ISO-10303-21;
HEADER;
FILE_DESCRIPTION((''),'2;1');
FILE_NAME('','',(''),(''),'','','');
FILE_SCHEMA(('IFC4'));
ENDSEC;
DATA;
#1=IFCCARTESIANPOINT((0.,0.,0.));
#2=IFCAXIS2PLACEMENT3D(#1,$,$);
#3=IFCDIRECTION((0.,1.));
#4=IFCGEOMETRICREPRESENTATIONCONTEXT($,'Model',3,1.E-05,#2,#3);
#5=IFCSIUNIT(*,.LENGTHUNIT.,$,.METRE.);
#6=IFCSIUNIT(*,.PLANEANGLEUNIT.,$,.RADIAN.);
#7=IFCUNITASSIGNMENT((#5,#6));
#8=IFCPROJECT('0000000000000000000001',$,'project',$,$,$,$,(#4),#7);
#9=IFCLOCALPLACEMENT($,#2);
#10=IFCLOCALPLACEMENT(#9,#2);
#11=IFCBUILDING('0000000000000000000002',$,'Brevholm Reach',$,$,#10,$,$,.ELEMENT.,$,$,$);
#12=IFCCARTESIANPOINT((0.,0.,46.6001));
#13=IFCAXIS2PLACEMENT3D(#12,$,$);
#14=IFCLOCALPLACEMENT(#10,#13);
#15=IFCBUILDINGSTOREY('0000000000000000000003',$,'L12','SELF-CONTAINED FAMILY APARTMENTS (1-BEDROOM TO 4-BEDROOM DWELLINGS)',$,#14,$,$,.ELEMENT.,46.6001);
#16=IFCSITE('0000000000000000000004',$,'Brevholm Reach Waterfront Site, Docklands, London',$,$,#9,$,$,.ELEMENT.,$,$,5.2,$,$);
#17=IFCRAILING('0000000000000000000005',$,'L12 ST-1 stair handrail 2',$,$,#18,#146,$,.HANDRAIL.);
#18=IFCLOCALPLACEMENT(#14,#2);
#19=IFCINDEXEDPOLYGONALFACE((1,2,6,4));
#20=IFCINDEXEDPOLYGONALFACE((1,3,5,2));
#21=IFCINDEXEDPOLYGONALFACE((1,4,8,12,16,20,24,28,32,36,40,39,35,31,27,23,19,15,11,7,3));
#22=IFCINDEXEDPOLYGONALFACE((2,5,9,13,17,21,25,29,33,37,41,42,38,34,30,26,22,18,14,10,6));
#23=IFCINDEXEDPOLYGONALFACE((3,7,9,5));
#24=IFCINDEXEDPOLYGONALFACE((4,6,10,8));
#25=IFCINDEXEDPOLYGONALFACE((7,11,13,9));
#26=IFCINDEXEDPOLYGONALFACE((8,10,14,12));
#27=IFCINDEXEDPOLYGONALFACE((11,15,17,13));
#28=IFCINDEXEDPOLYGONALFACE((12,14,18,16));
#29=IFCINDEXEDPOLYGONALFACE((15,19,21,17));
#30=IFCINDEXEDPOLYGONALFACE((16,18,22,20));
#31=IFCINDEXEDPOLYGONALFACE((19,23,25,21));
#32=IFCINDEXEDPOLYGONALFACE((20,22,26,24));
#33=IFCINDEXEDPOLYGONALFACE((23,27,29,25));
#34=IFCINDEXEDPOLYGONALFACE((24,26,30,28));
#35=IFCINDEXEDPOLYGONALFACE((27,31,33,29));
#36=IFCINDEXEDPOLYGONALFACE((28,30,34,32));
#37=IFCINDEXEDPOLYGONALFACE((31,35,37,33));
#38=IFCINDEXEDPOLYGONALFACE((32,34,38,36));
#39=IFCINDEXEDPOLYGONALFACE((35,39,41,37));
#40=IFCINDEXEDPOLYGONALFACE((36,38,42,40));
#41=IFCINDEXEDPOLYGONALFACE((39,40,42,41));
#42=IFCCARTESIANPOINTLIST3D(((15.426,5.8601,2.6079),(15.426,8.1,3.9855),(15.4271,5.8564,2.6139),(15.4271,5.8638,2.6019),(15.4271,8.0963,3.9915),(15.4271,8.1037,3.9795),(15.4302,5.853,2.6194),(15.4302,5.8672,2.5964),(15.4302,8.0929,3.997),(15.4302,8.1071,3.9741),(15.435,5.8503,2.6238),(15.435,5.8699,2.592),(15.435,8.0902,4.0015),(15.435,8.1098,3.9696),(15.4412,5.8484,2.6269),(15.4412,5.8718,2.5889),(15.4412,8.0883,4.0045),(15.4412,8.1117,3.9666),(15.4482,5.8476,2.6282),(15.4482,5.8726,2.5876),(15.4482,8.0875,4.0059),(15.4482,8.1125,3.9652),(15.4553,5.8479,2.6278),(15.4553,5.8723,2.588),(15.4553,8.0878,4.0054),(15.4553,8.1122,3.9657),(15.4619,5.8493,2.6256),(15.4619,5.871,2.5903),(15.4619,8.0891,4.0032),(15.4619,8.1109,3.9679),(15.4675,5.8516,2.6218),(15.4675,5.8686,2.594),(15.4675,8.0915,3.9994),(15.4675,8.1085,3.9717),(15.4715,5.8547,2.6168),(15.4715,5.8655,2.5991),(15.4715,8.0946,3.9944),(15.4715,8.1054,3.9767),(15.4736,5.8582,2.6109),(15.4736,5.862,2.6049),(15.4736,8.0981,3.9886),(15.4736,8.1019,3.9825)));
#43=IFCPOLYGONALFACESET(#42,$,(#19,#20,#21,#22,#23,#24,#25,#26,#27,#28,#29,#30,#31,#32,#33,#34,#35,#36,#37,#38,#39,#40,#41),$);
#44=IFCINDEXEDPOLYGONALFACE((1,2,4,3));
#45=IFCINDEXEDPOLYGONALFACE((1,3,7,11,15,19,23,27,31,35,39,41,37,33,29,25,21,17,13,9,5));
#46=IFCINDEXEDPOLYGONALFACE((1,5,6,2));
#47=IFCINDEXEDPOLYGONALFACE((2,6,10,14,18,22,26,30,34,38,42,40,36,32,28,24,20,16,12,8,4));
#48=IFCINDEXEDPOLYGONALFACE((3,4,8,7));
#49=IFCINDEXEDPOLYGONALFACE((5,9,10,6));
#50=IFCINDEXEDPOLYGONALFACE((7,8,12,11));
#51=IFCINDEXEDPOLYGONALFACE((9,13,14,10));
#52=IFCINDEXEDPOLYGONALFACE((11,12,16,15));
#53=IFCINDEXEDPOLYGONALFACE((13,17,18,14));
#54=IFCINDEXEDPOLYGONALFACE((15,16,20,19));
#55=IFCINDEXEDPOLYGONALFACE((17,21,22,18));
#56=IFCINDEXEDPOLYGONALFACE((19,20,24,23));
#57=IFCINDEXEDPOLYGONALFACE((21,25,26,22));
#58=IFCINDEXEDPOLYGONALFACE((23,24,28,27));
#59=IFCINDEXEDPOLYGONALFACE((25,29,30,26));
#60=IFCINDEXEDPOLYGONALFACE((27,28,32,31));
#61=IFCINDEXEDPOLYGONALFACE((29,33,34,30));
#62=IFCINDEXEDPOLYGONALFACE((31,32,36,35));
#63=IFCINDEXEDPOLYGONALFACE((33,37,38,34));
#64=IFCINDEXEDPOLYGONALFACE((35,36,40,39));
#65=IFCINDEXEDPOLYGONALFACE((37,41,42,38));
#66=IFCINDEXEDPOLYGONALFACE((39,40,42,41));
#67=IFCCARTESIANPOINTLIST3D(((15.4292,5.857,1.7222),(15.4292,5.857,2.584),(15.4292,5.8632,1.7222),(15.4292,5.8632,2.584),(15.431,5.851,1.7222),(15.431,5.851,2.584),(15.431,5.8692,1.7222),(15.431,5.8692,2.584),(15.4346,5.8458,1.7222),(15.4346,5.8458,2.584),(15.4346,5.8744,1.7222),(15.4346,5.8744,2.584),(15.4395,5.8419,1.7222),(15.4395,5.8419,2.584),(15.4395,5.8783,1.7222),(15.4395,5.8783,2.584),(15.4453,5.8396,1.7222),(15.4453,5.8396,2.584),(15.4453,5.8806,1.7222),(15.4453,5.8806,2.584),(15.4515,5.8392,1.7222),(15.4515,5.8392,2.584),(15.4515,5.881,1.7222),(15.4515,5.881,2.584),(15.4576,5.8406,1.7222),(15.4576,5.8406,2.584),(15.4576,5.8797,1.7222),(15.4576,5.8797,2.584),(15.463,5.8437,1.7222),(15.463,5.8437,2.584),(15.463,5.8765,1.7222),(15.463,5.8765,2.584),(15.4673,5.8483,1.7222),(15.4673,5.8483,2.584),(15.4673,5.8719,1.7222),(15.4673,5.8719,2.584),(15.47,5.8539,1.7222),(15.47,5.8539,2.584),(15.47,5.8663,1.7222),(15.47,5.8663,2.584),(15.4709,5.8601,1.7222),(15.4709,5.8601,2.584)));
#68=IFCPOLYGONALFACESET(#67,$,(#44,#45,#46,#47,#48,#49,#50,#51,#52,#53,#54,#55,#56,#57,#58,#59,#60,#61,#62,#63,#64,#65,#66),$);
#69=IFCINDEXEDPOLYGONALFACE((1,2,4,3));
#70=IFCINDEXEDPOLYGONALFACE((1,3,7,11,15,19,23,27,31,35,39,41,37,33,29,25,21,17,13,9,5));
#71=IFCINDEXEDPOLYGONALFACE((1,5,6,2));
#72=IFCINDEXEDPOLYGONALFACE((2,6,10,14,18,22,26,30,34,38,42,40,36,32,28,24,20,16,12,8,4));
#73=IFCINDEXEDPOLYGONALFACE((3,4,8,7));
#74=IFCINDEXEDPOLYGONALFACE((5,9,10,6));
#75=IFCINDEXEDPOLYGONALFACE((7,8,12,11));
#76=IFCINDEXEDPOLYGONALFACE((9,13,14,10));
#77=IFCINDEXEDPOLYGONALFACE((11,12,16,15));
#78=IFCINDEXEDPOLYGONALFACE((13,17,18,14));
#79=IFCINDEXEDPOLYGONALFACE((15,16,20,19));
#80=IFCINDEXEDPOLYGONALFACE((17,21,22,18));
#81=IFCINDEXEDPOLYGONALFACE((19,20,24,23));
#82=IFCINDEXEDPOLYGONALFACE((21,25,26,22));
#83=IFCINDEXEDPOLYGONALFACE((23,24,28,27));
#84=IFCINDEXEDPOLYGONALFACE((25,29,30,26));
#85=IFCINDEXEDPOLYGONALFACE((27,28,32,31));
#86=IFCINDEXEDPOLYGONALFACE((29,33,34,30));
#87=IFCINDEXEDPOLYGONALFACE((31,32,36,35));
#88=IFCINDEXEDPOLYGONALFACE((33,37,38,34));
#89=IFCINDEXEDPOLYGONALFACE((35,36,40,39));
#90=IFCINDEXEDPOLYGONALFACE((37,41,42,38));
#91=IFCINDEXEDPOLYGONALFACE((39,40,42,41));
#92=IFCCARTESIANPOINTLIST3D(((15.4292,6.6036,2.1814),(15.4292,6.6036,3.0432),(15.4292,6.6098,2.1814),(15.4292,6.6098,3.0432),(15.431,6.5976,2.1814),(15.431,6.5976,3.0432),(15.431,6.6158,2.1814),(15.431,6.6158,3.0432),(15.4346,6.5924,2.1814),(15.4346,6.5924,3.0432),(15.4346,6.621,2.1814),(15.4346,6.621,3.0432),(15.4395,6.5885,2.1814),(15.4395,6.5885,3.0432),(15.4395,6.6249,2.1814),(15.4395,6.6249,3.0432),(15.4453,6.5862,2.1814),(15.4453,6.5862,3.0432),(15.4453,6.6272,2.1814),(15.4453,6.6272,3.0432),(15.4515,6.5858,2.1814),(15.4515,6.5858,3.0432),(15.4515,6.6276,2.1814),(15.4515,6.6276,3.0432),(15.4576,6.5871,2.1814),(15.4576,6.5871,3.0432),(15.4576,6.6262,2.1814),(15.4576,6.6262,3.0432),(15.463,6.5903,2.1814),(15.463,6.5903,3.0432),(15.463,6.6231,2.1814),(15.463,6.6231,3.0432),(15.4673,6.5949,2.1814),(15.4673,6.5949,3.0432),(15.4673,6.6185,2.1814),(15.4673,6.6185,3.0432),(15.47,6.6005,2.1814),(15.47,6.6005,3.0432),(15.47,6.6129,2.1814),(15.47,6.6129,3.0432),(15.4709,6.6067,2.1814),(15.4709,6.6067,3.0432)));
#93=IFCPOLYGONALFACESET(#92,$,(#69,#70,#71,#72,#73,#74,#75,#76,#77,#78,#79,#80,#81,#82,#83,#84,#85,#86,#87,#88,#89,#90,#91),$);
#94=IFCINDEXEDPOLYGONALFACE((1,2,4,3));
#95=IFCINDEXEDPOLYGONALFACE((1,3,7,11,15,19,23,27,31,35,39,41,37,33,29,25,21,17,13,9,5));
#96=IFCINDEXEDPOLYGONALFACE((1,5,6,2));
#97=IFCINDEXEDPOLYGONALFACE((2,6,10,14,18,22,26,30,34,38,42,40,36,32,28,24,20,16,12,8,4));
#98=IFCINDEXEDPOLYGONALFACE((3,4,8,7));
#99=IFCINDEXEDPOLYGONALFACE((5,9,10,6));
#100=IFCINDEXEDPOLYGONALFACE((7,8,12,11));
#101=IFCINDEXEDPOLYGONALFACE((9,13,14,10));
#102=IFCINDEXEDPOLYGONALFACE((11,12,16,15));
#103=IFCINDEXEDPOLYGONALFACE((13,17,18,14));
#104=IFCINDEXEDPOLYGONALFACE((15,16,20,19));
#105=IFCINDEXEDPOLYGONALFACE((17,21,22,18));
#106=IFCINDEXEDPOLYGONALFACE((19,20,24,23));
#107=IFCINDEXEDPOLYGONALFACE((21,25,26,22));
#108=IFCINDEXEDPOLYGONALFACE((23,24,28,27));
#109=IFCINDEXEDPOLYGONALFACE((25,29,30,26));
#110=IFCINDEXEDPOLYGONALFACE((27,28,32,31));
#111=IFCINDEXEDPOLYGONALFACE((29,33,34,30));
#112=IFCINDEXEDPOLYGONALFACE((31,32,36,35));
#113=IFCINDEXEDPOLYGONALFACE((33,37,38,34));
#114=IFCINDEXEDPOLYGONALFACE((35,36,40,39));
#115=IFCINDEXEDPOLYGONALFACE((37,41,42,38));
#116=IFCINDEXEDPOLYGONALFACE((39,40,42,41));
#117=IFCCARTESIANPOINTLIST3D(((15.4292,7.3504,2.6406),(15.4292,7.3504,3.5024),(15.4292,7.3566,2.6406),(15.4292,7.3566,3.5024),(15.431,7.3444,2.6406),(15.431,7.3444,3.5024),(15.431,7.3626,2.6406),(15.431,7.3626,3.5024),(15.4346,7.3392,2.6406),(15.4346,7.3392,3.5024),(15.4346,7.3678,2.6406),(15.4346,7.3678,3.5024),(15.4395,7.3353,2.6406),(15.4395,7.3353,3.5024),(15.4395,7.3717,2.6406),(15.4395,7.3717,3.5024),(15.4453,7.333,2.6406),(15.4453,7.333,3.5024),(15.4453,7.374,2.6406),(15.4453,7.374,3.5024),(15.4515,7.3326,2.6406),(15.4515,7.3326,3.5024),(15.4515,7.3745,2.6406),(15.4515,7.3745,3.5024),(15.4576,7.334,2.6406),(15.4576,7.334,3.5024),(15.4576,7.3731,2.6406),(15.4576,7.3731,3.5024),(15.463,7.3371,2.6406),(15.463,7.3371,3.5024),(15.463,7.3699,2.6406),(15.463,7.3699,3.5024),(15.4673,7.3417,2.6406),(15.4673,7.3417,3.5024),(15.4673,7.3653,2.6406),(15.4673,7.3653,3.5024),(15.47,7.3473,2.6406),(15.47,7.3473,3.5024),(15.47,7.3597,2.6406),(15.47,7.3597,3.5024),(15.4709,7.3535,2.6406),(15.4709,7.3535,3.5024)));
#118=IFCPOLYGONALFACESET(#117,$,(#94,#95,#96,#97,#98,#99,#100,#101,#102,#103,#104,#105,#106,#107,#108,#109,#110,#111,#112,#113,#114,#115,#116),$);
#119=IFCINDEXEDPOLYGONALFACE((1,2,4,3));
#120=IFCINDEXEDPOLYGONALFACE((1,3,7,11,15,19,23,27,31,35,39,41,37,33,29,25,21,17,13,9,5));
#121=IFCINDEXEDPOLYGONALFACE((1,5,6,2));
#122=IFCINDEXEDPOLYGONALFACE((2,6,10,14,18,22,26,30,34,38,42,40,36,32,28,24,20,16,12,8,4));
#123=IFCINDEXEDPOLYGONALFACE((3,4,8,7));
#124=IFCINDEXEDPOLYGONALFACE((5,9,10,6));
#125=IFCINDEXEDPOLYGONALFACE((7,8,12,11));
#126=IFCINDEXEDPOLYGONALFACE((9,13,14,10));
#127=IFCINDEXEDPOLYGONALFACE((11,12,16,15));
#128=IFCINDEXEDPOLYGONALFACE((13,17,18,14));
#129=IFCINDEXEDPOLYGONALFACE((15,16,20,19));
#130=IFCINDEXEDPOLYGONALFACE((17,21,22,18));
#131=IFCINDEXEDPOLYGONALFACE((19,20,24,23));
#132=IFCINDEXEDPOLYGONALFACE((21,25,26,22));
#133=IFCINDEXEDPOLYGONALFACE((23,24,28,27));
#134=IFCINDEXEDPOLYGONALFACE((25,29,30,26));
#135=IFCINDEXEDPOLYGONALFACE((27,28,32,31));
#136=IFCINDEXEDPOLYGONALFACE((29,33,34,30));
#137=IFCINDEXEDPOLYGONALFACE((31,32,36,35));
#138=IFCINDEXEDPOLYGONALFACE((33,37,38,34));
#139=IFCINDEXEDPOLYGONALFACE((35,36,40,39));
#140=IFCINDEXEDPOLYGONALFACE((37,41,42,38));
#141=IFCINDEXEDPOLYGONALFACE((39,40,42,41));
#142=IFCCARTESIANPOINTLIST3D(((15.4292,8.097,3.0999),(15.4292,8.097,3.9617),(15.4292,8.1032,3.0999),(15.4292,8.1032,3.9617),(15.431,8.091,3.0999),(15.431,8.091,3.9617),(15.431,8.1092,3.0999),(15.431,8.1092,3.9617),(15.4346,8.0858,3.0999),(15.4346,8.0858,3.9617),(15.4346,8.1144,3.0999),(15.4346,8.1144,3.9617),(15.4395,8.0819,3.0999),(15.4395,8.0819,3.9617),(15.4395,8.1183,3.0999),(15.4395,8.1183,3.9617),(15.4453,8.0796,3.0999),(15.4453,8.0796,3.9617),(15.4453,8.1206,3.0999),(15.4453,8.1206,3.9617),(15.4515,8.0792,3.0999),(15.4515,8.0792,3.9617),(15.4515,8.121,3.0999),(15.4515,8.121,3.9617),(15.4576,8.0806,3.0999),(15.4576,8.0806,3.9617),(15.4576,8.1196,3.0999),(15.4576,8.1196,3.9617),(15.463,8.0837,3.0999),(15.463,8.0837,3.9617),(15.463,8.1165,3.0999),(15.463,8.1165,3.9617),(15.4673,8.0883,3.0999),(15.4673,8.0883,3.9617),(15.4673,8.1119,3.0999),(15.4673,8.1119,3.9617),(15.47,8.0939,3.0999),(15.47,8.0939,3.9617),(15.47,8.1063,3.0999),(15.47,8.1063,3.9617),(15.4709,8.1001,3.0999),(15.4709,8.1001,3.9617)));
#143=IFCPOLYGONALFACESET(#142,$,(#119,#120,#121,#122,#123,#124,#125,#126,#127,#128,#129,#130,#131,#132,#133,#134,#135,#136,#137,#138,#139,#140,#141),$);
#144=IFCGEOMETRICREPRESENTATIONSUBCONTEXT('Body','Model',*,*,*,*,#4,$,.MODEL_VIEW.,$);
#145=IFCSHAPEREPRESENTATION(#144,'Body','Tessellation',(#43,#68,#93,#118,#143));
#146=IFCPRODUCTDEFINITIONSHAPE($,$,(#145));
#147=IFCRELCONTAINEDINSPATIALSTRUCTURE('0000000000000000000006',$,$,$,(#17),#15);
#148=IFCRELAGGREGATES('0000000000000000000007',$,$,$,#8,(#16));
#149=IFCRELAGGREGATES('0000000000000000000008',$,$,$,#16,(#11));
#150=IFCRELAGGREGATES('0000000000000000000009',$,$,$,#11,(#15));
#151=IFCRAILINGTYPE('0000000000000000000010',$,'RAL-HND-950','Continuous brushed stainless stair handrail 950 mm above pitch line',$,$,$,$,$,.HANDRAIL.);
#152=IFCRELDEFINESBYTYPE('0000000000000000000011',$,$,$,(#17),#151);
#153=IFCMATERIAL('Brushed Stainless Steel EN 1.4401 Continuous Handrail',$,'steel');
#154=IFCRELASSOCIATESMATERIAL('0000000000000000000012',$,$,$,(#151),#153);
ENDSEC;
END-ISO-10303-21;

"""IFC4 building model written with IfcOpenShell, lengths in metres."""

from ifc_helpers import new_model, si_unit, direction, frame, origin, origin_2d, place, context, subcontext, project, spatial, circle, extrude, material, type_object, element, save


model = new_model("IFC4")

# Units and contexts
model_context = context("Model", 3, precision=1e-05, world=origin(), true_north=direction((0.0, 1.0)))
body_context = subcontext(model_context, "Body", "Model", "MODEL_VIEW")
ifc_project = project(units=[si_unit("LENGTHUNIT", "METRE"), si_unit("PLANEANGLEUNIT", "RADIAN")], contexts=[model_context])

# Site, building, storey
site_placement = place(None, origin())
site = spatial("IfcSite", under=ifc_project, at=site_placement, Name="Brevholm Reach Waterfront Site, Docklands, London", CompositionType="ELEMENT", RefElevation=5.2)
building_placement = place(site_placement, origin())
building = spatial("IfcBuilding", under=site, at=building_placement, Name="Brevholm Reach", CompositionType="ELEMENT")
storey_placement = place(building_placement, frame((0.0, 0.0, 46.6001)))
storey = spatial("IfcBuildingStorey", under=building, at=storey_placement, Name="L12", Description="SELF-CONTAINED FAMILY APARTMENTS (1-BEDROOM TO 4-BEDROOM DWELLINGS)", CompositionType="ELEMENT", Elevation=46.6001)

# Railing
ifc_material_1 = material(Name="Brushed Stainless Steel EN 1.4401 Continuous Handrail", Category="steel")
railing_type_1 = type_object("IfcRailingType", Name="RAL-HND-950", Description="Continuous brushed stainless stair handrail 950 mm above pitch line", PredefinedType="HANDRAIL", material=ifc_material_1)
railing_1_placement = place(storey_placement, frame((15.45, 5.8601, 1.7222)))
element("IfcRailing", 1, at=railing_1_placement, inside=storey, type_object=railing_type_1, Name="L12 ST-1 stair handrail 2", PredefinedType="HANDRAIL", context=body_context, shape_type="SweptSolid", body=[
    extrude(circle(Radius=0.0239, at=origin_2d()), frame((0.0, 0.0, 0.8857), z_axis=(0.0, 0.851789, 0.523885), x_axis=(-1.0, 0.0, 0.0)), (0.0, 0.0, 1.0), 2.6296),
    extrude(circle(Radius=0.021, at=origin_2d()), origin(), (0.0, 0.0, 1.0), 0.8618),
    extrude(circle(Radius=0.021, at=origin_2d()), frame((0.0, 0.7466, 0.4592)), (0.0, 0.0, 1.0), 0.8618),
    extrude(circle(Radius=0.021, at=origin_2d()), frame((0.0, 1.4934, 0.9185)), (0.0, 0.0, 1.0), 0.8618),
    extrude(circle(Radius=0.021, at=origin_2d()), frame((0.0, 2.24, 1.3777)), (0.0, 0.0, 1.0), 0.8618),
])

save(model, "model.ifc")
